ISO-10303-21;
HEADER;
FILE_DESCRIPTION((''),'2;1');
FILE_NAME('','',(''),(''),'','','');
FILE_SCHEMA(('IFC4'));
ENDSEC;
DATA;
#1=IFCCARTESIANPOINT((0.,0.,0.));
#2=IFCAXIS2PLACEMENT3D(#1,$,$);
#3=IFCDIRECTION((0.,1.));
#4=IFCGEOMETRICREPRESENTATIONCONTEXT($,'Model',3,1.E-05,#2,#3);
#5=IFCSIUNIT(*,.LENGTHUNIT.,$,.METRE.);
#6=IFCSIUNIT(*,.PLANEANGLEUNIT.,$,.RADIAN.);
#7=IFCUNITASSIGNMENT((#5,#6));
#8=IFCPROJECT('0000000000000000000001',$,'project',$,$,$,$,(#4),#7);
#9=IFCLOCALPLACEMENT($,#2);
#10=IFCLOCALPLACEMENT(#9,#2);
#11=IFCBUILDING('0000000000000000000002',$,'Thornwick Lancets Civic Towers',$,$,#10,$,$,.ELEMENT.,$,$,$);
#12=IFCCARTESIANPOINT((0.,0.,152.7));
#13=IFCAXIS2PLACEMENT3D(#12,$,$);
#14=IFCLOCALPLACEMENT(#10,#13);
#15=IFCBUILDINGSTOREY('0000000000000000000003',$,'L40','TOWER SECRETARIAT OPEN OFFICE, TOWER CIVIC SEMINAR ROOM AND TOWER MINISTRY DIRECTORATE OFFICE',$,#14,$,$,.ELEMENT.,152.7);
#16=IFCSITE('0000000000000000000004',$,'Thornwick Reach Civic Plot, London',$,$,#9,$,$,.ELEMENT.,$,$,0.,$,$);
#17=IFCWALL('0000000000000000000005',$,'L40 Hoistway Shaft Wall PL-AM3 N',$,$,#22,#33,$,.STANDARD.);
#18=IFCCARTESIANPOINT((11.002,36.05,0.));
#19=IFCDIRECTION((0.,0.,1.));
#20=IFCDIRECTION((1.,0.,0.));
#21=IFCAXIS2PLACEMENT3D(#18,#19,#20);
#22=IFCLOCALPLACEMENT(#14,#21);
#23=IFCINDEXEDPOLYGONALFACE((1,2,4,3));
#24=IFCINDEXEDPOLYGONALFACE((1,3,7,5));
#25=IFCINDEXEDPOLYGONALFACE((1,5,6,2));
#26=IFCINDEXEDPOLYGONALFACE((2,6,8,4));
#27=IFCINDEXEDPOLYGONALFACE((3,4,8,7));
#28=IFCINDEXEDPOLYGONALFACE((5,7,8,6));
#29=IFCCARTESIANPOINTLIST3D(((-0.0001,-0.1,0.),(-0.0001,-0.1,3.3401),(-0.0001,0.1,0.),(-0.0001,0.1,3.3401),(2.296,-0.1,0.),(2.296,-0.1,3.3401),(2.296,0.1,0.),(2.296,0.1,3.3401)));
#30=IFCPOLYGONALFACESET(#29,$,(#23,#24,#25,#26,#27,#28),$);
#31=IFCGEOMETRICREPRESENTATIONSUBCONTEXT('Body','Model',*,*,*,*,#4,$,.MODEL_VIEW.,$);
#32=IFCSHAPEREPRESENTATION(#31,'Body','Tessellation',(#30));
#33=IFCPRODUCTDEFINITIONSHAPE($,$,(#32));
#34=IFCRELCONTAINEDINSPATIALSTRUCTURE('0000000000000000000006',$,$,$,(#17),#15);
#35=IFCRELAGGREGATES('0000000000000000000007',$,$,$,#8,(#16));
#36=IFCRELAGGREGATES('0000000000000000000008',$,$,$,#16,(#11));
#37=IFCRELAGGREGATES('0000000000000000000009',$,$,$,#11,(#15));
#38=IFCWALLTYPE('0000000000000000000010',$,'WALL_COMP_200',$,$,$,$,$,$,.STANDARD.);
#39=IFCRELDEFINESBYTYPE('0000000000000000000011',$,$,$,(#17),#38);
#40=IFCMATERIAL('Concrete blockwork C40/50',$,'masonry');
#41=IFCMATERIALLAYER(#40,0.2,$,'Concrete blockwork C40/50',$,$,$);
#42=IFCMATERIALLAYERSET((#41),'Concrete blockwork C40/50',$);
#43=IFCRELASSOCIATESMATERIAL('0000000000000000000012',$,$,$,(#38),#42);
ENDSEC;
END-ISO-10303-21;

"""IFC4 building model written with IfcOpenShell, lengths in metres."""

from ifc_helpers import new_model, si_unit, direction, frame, frame_2d, origin, place, context, subcontext, project, spatial, rectangle, extrude, material, layer, layer_set, type_object, element, save


model = new_model("IFC4")

# Units and contexts
model_context = context("Model", 3, precision=1e-05, world=origin(), true_north=direction((0.0, 1.0)))
body_context = subcontext(model_context, "Body", "Model", "MODEL_VIEW")
ifc_project = project(units=[si_unit("LENGTHUNIT", "METRE"), si_unit("PLANEANGLEUNIT", "RADIAN")], contexts=[model_context])

# Site, building, storey
site_placement = place(None, origin())
site = spatial("IfcSite", under=ifc_project, at=site_placement, Name="Thornwick Reach Civic Plot, London", CompositionType="ELEMENT", RefElevation=0.0)
building_placement = place(site_placement, origin())
building = spatial("IfcBuilding", under=site, at=building_placement, Name="Thornwick Lancets Civic Towers", CompositionType="ELEMENT")
storey_placement = place(building_placement, frame((0.0, 0.0, 152.7)))
storey = spatial("IfcBuildingStorey", under=building, at=storey_placement, Name="L40", Description="TOWER SECRETARIAT OPEN OFFICE, TOWER CIVIC SEMINAR ROOM AND TOWER MINISTRY DIRECTORATE OFFICE", CompositionType="ELEMENT", Elevation=152.7)

# Shared definitions
ifc_material_1 = material(Name="Concrete blockwork C40/50", Category="masonry")
ifc_layer_1 = layer(ifc_material_1, 0.2, Name="Concrete blockwork C40/50")
ifc_layer_set_1 = layer_set([ifc_layer_1], Name="Concrete blockwork C40/50")
wall_type_1 = type_object("IfcWallType", Name="WALL_COMP_200", PredefinedType="STANDARD", material=ifc_layer_set_1)

# Wall
wall_1_placement = place(storey_placement, frame((11.002, 36.05, 0.0), z_axis=(0.0, 0.0, 1.0), x_axis=(1.0, 0.0, 0.0)))
element("IfcWall", 1, at=wall_1_placement, inside=storey, type_object=wall_type_1, Name="L40 Hoistway Shaft Wall PL-AM3 N", PredefinedType="STANDARD", context=body_context, shape_type="SweptSolid", body=[
    extrude(rectangle(XDim=2.2961, YDim=0.2, at=frame_2d((1.1479, 0.0))), origin(), (0.0, 0.0, 1.0), 3.3401),
])

save(model, "model.ifc")
